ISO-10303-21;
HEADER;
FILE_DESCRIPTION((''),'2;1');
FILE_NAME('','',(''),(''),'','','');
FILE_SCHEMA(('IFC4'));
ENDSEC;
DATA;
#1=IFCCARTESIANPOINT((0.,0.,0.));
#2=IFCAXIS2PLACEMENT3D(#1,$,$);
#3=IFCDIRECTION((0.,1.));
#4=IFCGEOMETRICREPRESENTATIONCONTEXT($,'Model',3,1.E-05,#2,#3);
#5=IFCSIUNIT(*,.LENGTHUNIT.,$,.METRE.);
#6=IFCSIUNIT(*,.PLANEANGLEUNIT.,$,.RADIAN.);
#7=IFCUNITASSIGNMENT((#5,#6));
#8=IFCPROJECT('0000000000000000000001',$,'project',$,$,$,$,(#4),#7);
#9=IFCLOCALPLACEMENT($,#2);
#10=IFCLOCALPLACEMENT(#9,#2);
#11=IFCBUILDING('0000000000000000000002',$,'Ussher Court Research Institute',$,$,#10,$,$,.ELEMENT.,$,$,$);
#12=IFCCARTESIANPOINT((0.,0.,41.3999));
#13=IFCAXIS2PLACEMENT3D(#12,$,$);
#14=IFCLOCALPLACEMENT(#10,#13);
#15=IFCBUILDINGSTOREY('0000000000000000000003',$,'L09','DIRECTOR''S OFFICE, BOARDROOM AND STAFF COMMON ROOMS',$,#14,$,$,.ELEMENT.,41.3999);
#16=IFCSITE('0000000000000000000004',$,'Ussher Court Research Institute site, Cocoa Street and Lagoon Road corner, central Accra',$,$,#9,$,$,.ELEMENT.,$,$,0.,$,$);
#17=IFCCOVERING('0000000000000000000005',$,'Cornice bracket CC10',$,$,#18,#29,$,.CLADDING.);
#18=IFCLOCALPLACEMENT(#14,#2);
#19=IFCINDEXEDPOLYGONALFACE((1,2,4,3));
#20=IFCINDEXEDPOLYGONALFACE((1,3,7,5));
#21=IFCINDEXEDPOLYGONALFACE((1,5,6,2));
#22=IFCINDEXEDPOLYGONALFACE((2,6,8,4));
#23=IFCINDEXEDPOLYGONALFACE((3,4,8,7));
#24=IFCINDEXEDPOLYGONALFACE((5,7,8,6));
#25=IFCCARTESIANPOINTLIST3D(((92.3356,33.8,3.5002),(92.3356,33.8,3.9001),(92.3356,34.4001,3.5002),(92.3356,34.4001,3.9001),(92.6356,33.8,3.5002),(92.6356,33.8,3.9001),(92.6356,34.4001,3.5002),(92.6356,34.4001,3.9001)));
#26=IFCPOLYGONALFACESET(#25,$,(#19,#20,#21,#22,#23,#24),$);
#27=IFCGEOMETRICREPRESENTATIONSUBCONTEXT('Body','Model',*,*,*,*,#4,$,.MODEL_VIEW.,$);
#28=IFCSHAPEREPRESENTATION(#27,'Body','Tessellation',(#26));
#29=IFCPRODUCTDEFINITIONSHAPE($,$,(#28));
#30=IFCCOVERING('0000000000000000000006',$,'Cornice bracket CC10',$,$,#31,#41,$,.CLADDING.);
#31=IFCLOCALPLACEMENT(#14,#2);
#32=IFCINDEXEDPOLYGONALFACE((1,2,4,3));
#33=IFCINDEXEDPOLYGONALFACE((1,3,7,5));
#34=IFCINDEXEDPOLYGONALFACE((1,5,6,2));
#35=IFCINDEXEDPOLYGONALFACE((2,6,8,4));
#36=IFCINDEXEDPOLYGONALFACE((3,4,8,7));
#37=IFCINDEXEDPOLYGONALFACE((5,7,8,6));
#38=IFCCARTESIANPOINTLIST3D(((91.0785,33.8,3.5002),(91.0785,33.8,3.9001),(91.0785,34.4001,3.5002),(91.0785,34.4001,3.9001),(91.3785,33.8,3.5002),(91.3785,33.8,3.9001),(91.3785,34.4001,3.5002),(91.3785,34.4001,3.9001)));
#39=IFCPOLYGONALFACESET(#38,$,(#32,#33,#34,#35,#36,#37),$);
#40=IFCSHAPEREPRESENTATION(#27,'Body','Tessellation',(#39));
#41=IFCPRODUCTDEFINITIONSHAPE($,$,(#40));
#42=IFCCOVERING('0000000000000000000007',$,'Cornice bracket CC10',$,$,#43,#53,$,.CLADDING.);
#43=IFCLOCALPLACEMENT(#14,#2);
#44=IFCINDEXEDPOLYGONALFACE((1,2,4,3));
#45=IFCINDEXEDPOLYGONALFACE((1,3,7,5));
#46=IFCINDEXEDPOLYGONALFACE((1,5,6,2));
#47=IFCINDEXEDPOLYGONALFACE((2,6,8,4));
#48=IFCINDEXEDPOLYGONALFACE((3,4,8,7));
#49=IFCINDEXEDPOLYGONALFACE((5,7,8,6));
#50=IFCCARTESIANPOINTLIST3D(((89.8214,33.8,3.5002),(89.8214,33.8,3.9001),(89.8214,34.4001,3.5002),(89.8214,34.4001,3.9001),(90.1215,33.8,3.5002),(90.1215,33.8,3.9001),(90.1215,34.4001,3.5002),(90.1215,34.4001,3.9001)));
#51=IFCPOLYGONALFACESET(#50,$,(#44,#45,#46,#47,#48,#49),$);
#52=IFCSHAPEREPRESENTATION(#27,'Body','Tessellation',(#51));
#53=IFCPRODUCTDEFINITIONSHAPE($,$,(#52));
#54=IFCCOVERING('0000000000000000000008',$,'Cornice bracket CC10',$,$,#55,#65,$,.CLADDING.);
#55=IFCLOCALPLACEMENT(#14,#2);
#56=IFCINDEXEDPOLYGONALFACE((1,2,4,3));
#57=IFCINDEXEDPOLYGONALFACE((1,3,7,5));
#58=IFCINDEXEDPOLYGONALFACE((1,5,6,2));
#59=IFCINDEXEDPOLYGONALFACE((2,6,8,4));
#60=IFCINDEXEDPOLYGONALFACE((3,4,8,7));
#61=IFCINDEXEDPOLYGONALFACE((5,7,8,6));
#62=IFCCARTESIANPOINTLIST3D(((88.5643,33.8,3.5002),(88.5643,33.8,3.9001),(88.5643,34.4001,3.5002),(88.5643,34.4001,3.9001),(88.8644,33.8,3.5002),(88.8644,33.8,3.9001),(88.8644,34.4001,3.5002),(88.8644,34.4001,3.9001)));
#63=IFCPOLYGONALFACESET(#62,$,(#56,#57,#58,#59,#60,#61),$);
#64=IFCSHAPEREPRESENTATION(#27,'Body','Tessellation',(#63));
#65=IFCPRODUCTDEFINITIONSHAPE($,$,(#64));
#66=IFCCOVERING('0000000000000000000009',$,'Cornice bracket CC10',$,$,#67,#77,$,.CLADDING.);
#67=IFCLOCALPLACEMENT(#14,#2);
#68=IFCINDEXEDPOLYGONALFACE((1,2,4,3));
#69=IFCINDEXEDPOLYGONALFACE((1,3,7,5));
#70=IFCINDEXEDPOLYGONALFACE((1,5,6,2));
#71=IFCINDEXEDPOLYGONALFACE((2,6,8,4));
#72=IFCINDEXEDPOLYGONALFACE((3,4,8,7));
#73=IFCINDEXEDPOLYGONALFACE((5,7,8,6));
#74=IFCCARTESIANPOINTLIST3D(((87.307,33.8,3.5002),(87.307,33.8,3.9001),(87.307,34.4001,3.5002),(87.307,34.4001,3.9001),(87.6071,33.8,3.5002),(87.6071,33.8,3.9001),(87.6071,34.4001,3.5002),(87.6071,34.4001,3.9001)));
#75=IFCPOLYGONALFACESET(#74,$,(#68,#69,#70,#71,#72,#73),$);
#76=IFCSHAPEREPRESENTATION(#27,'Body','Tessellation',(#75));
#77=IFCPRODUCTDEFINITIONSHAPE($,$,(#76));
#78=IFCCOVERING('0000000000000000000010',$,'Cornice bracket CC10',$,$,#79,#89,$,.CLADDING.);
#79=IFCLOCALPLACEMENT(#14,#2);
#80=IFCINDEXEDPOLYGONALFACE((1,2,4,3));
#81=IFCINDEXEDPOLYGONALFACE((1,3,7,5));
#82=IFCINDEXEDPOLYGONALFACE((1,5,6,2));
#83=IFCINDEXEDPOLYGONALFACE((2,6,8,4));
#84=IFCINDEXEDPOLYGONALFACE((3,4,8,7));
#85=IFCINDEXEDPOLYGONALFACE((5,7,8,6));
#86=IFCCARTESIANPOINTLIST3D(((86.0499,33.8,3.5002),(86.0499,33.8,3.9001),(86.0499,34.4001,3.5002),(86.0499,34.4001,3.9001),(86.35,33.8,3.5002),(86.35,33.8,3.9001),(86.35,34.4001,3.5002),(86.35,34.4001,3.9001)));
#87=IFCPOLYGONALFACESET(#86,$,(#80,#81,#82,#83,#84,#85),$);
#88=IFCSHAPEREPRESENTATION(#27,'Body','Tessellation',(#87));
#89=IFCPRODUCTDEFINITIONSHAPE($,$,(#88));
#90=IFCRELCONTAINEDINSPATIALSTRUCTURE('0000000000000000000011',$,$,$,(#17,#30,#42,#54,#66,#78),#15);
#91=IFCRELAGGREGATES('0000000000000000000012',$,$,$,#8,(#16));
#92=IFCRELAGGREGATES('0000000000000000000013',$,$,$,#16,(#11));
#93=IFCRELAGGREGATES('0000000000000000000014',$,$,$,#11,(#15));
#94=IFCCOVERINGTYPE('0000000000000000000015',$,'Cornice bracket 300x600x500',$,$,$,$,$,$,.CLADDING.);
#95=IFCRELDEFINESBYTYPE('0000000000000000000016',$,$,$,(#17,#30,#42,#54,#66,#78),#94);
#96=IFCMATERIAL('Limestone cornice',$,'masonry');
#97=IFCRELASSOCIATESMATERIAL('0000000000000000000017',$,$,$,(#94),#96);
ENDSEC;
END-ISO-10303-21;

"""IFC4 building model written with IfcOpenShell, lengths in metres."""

from ifc_helpers import new_model, si_unit, direction, frame, origin, origin_2d, place, context, subcontext, project, spatial, rectangle, extrude, material, type_object, element, save


model = new_model("IFC4")

# Units and contexts
model_context = context("Model", 3, precision=1e-05, world=origin(), true_north=direction((0.0, 1.0)))
body_context = subcontext(model_context, "Body", "Model", "MODEL_VIEW")
ifc_project = project(units=[si_unit("LENGTHUNIT", "METRE"), si_unit("PLANEANGLEUNIT", "RADIAN")], contexts=[model_context])

# Site, building, storey
site_placement = place(None, origin())
site = spatial("IfcSite", under=ifc_project, at=site_placement, Name="Ussher Court Research Institute site, Cocoa Street and Lagoon Road corner, central Accra", CompositionType="ELEMENT", RefElevation=0.0)
building_placement = place(site_placement, origin())
building = spatial("IfcBuilding", under=site, at=building_placement, Name="Ussher Court Research Institute", CompositionType="ELEMENT")
storey_placement = place(building_placement, frame((0.0, 0.0, 41.3999)))
storey = spatial("IfcBuildingStorey", under=building, at=storey_placement, Name="L09", Description="DIRECTOR'S OFFICE, BOARDROOM AND STAFF COMMON ROOMS", CompositionType="ELEMENT", Elevation=41.3999)

# Coverings
ifc_material_1 = material(Name="Limestone cornice", Category="masonry")
covering_type = type_object("IfcCoveringType", Name="Cornice bracket 300x600x500", PredefinedType="CLADDING", material=ifc_material_1)
for number, where, z_axis, x_axis, name in (
    (1, (92.4856, 34.1001, 3.5002), (0.0, 0.0, 1.0), (-1.0, 0.0, 0.0), "Cornice bracket CC10"),
    (2, (91.2285, 34.1001, 3.5002), (0.0, 0.0, 1.0), (-1.0, 0.0, 0.0), "Cornice bracket CC10"),
    (3, (89.9714, 34.1001, 3.5002), (0.0, 0.0, 1.0), (-1.0, 0.0, 0.0), "Cornice bracket CC10"),
    (4, (88.7144, 34.1001, 3.5002), (0.0, 0.0, 1.0), (-1.0, 0.0, 0.0), "Cornice bracket CC10"),
    (5, (87.457, 34.1001, 3.5002), (0.0, 0.0, 1.0), (-1.0, 0.0, 0.0), "Cornice bracket CC10"),
    (6, (86.2, 34.1001, 3.5002), (0.0, 0.0, 1.0), (-1.0, 0.0, 0.0), "Cornice bracket CC10"),
):
    element("IfcCovering", number, at=place(storey_placement, frame(where, z_axis=z_axis, x_axis=x_axis)), inside=storey, type_object=covering_type, Name=name, PredefinedType="CLADDING", context=body_context, shape_type="SweptSolid", body=[
        extrude(rectangle(XDim=0.3, YDim=0.6001, at=origin_2d()), origin(), (0.0, 0.0, 1.0), 0.3999),
    ])

save(model, "model.ifc")
